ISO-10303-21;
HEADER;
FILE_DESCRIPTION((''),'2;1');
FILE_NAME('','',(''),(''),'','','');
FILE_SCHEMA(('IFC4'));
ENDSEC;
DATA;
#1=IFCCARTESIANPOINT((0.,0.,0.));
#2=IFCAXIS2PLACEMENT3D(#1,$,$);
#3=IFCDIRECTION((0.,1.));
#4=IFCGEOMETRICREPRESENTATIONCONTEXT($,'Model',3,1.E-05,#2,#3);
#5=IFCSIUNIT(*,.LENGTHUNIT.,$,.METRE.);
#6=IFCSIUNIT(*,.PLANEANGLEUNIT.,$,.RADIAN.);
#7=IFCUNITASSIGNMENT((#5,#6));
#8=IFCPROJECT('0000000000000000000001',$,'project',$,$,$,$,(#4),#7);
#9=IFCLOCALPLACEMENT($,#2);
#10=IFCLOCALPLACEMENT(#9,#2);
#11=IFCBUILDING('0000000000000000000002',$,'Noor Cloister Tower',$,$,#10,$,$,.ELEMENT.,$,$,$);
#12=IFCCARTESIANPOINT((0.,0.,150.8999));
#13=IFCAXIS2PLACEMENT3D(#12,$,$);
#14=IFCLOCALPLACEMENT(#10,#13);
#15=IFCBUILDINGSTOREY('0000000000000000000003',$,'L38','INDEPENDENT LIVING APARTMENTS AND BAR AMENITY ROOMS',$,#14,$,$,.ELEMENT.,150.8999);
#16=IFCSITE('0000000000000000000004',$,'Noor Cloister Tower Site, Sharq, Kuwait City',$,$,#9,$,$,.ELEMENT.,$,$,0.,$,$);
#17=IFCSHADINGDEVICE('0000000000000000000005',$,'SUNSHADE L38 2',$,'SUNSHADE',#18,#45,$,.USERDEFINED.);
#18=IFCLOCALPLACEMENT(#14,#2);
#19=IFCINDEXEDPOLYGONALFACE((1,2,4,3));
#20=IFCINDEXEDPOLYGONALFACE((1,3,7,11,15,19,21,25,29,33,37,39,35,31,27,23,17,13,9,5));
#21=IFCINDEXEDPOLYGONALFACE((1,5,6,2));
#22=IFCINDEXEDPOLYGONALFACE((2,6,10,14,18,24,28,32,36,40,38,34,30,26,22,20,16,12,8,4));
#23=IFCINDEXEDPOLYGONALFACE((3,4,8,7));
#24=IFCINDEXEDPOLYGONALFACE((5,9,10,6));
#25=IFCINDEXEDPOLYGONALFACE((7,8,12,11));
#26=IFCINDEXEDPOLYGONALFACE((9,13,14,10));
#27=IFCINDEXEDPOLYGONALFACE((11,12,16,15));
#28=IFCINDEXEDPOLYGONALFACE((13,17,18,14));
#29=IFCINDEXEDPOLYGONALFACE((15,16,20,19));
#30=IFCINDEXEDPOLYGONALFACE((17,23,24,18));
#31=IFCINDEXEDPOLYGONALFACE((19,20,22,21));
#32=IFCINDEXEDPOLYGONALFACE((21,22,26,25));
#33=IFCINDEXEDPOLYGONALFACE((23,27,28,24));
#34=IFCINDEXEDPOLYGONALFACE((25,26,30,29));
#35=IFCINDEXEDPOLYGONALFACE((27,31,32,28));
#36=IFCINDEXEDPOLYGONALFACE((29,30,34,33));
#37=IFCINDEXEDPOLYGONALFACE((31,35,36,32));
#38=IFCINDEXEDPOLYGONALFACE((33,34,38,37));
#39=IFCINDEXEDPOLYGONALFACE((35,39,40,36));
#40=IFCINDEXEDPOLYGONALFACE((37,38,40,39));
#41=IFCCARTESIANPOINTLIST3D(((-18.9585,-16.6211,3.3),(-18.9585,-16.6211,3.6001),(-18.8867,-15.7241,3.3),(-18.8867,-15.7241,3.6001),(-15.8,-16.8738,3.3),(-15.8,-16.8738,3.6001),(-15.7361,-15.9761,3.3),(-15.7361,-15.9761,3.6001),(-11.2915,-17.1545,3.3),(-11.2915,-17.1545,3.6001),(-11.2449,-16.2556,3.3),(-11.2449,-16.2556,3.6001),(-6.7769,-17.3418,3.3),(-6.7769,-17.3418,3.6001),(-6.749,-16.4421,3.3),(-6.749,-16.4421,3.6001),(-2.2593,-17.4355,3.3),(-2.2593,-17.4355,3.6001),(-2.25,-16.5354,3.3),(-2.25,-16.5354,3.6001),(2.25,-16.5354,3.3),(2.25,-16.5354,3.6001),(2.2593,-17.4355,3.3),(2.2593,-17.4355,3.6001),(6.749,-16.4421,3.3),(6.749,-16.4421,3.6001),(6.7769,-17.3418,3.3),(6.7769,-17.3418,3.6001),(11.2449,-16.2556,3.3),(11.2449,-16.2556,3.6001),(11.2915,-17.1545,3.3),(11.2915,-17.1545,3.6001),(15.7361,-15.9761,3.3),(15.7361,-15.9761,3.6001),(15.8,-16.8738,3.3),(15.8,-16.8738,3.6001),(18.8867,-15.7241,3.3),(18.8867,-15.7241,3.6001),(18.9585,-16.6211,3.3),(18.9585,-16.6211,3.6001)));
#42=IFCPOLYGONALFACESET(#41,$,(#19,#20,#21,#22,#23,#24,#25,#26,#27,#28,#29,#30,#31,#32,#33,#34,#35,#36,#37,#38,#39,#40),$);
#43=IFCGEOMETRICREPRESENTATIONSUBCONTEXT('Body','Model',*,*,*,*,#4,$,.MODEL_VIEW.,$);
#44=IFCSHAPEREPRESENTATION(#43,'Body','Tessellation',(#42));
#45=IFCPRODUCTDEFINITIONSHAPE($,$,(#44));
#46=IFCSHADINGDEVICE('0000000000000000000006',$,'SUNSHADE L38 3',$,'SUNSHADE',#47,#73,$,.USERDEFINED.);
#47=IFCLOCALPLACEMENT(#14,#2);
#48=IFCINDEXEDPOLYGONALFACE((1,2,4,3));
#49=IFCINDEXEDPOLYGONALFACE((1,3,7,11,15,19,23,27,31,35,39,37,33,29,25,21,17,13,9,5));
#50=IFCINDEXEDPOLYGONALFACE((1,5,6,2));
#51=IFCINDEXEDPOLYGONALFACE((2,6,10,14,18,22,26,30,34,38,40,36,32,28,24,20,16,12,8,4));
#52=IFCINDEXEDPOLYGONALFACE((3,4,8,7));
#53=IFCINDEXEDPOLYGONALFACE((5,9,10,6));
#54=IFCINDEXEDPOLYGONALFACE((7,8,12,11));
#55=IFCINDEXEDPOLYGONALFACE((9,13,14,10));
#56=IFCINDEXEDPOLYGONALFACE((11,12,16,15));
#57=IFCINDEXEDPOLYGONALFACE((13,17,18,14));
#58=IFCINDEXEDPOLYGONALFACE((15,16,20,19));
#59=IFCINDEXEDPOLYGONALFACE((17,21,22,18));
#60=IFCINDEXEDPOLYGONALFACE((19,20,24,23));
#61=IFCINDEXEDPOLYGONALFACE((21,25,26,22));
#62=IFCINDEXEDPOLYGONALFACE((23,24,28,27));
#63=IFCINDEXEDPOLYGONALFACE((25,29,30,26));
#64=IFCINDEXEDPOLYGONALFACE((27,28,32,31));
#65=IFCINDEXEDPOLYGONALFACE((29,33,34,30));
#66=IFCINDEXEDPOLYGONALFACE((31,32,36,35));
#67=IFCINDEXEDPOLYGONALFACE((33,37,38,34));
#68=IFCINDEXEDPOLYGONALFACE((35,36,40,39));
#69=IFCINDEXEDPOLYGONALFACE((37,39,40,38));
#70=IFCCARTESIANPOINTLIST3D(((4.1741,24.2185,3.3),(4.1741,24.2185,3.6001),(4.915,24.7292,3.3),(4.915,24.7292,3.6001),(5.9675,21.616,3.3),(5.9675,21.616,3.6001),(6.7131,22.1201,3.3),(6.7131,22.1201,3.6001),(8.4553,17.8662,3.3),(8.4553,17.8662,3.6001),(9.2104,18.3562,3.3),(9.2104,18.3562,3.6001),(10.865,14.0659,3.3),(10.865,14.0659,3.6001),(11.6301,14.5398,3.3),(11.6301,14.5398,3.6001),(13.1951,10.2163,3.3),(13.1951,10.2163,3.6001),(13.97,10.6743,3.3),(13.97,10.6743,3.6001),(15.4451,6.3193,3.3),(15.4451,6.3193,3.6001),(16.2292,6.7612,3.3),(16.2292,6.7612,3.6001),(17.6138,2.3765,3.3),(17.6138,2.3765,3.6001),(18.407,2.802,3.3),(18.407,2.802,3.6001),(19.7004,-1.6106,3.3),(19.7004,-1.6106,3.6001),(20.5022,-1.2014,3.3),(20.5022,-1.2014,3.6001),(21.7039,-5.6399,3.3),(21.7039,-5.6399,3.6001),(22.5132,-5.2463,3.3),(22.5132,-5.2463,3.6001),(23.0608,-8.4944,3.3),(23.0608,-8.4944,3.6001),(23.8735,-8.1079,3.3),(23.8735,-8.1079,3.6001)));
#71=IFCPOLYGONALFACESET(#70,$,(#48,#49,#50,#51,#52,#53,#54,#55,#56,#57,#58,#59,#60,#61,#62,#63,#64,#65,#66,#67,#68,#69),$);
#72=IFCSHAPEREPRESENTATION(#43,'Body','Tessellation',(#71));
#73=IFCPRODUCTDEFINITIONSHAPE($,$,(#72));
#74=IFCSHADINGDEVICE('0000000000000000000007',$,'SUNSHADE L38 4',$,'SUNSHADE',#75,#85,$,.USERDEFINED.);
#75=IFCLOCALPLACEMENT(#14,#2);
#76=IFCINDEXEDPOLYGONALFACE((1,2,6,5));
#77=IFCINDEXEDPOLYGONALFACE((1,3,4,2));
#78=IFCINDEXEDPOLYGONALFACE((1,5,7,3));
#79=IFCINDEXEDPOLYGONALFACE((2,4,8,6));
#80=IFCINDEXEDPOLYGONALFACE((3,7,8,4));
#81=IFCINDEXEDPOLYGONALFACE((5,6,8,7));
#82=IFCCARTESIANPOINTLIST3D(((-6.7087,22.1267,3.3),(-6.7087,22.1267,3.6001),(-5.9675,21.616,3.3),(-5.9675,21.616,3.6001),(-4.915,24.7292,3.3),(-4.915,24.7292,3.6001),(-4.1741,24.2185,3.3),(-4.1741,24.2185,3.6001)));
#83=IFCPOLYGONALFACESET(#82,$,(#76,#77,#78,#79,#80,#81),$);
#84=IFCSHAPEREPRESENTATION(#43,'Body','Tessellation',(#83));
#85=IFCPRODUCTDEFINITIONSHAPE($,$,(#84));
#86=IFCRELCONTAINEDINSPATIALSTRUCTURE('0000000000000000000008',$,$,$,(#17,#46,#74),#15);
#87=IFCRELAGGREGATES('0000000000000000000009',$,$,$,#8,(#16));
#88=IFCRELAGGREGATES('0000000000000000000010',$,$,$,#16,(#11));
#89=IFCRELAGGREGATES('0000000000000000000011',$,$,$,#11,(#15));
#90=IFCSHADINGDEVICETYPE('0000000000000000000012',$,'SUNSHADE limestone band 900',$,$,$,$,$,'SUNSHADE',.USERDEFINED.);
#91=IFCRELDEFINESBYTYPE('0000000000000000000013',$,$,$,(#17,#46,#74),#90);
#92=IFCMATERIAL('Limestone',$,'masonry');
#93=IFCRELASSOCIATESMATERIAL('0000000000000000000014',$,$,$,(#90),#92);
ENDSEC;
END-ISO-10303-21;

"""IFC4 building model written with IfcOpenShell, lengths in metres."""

from ifc_helpers import new_model, si_unit, direction, frame, origin, place, context, subcontext, project, spatial, polyline, outline, extrude, material, type_object, element, save


model = new_model("IFC4")

# Units and contexts
model_context = context("Model", 3, precision=1e-05, world=origin(), true_north=direction((0.0, 1.0)))
body_context = subcontext(model_context, "Body", "Model", "MODEL_VIEW")
ifc_project = project(units=[si_unit("LENGTHUNIT", "METRE"), si_unit("PLANEANGLEUNIT", "RADIAN")], contexts=[model_context])

# Site, building, storey
site_placement = place(None, origin())
site = spatial("IfcSite", under=ifc_project, at=site_placement, Name="Noor Cloister Tower Site, Sharq, Kuwait City", CompositionType="ELEMENT", RefElevation=0.0)
building_placement = place(site_placement, origin())
building = spatial("IfcBuilding", under=site, at=building_placement, Name="Noor Cloister Tower", CompositionType="ELEMENT")
storey_placement = place(building_placement, frame((0.0, 0.0, 150.8999)))
storey = spatial("IfcBuildingStorey", under=building, at=storey_placement, Name="L38", Description="INDEPENDENT LIVING APARTMENTS AND BAR AMENITY ROOMS", CompositionType="ELEMENT", Elevation=150.8999)

# Shading devices
ifc_material_1 = material(Name="Limestone", Category="masonry")
shading_device_type_1 = type_object("IfcShadingDeviceType", Name="SUNSHADE limestone band 900", ElementType="SUNSHADE", PredefinedType="USERDEFINED", material=ifc_material_1)
shading_device_1_placement = place(storey_placement, frame((0.0, 0.0, 3.3)))
element("IfcShadingDevice", 1, at=shading_device_1_placement, inside=storey, type_object=shading_device_type_1, Name="SUNSHADE L38 2", ObjectType="SUNSHADE", PredefinedType="USERDEFINED", context=body_context, shape_type="SweptSolid", body=[
    extrude(outline(polyline([(-18.9585, -16.6211), (-15.8, -16.8738), (-11.2915, -17.1545), (-6.7769, -17.3418), (-2.2593, -17.4355), (2.2593, -17.4355), (6.7769, -17.3418), (11.2915, -17.1545), (15.8, -16.8738), (18.9585, -16.6211), (18.8867, -15.7241), (15.7361, -15.9761), (11.2449, -16.2556), (6.749, -16.4421), (2.25, -16.5354), (-2.25, -16.5354), (-6.749, -16.4421), (-11.2449, -16.2556), (-15.7361, -15.9761), (-18.8867, -15.7241), (-18.9585, -16.6211)])), origin(), (0.0, 0.0, 1.0), 0.3),
])
shading_device_2_placement = place(storey_placement, frame((0.0, 0.0, 3.3)))
element("IfcShadingDevice", 2, at=shading_device_2_placement, inside=storey, type_object=shading_device_type_1, Name="SUNSHADE L38 3", ObjectType="SUNSHADE", PredefinedType="USERDEFINED", context=body_context, shape_type="SweptSolid", body=[
    extrude(outline(polyline([(23.8735, -8.1079), (22.5132, -5.2463), (20.5022, -1.2014), (18.407, 2.802), (16.2292, 6.7612), (13.97, 10.6743), (11.6301, 14.5398), (9.2104, 18.3562), (6.7131, 22.1201), (4.915, 24.7292), (4.1741, 24.2185), (5.9675, 21.616), (8.4553, 17.8662), (10.865, 14.0659), (13.1951, 10.2163), (15.4451, 6.3193), (17.6138, 2.3765), (19.7004, -1.6106), (21.7039, -5.6399), (23.0608, -8.4944), (23.8735, -8.1079)])), origin(), (0.0, 0.0, 1.0), 0.3),
])
shading_device_3_placement = place(storey_placement, frame((0.0, 0.0, 3.3)))
element("IfcShadingDevice", 3, at=shading_device_3_placement, inside=storey, type_object=shading_device_type_1, Name="SUNSHADE L38 4", ObjectType="SUNSHADE", PredefinedType="USERDEFINED", context=body_context, shape_type="SweptSolid", body=[
    extrude(outline(polyline([(-4.915, 24.7292), (-6.7087, 22.1267), (-5.9675, 21.616), (-4.1741, 24.2185), (-4.915, 24.7292)])), origin(), (0.0, 0.0, 1.0), 0.3),
])

save(model, "model.ifc")
